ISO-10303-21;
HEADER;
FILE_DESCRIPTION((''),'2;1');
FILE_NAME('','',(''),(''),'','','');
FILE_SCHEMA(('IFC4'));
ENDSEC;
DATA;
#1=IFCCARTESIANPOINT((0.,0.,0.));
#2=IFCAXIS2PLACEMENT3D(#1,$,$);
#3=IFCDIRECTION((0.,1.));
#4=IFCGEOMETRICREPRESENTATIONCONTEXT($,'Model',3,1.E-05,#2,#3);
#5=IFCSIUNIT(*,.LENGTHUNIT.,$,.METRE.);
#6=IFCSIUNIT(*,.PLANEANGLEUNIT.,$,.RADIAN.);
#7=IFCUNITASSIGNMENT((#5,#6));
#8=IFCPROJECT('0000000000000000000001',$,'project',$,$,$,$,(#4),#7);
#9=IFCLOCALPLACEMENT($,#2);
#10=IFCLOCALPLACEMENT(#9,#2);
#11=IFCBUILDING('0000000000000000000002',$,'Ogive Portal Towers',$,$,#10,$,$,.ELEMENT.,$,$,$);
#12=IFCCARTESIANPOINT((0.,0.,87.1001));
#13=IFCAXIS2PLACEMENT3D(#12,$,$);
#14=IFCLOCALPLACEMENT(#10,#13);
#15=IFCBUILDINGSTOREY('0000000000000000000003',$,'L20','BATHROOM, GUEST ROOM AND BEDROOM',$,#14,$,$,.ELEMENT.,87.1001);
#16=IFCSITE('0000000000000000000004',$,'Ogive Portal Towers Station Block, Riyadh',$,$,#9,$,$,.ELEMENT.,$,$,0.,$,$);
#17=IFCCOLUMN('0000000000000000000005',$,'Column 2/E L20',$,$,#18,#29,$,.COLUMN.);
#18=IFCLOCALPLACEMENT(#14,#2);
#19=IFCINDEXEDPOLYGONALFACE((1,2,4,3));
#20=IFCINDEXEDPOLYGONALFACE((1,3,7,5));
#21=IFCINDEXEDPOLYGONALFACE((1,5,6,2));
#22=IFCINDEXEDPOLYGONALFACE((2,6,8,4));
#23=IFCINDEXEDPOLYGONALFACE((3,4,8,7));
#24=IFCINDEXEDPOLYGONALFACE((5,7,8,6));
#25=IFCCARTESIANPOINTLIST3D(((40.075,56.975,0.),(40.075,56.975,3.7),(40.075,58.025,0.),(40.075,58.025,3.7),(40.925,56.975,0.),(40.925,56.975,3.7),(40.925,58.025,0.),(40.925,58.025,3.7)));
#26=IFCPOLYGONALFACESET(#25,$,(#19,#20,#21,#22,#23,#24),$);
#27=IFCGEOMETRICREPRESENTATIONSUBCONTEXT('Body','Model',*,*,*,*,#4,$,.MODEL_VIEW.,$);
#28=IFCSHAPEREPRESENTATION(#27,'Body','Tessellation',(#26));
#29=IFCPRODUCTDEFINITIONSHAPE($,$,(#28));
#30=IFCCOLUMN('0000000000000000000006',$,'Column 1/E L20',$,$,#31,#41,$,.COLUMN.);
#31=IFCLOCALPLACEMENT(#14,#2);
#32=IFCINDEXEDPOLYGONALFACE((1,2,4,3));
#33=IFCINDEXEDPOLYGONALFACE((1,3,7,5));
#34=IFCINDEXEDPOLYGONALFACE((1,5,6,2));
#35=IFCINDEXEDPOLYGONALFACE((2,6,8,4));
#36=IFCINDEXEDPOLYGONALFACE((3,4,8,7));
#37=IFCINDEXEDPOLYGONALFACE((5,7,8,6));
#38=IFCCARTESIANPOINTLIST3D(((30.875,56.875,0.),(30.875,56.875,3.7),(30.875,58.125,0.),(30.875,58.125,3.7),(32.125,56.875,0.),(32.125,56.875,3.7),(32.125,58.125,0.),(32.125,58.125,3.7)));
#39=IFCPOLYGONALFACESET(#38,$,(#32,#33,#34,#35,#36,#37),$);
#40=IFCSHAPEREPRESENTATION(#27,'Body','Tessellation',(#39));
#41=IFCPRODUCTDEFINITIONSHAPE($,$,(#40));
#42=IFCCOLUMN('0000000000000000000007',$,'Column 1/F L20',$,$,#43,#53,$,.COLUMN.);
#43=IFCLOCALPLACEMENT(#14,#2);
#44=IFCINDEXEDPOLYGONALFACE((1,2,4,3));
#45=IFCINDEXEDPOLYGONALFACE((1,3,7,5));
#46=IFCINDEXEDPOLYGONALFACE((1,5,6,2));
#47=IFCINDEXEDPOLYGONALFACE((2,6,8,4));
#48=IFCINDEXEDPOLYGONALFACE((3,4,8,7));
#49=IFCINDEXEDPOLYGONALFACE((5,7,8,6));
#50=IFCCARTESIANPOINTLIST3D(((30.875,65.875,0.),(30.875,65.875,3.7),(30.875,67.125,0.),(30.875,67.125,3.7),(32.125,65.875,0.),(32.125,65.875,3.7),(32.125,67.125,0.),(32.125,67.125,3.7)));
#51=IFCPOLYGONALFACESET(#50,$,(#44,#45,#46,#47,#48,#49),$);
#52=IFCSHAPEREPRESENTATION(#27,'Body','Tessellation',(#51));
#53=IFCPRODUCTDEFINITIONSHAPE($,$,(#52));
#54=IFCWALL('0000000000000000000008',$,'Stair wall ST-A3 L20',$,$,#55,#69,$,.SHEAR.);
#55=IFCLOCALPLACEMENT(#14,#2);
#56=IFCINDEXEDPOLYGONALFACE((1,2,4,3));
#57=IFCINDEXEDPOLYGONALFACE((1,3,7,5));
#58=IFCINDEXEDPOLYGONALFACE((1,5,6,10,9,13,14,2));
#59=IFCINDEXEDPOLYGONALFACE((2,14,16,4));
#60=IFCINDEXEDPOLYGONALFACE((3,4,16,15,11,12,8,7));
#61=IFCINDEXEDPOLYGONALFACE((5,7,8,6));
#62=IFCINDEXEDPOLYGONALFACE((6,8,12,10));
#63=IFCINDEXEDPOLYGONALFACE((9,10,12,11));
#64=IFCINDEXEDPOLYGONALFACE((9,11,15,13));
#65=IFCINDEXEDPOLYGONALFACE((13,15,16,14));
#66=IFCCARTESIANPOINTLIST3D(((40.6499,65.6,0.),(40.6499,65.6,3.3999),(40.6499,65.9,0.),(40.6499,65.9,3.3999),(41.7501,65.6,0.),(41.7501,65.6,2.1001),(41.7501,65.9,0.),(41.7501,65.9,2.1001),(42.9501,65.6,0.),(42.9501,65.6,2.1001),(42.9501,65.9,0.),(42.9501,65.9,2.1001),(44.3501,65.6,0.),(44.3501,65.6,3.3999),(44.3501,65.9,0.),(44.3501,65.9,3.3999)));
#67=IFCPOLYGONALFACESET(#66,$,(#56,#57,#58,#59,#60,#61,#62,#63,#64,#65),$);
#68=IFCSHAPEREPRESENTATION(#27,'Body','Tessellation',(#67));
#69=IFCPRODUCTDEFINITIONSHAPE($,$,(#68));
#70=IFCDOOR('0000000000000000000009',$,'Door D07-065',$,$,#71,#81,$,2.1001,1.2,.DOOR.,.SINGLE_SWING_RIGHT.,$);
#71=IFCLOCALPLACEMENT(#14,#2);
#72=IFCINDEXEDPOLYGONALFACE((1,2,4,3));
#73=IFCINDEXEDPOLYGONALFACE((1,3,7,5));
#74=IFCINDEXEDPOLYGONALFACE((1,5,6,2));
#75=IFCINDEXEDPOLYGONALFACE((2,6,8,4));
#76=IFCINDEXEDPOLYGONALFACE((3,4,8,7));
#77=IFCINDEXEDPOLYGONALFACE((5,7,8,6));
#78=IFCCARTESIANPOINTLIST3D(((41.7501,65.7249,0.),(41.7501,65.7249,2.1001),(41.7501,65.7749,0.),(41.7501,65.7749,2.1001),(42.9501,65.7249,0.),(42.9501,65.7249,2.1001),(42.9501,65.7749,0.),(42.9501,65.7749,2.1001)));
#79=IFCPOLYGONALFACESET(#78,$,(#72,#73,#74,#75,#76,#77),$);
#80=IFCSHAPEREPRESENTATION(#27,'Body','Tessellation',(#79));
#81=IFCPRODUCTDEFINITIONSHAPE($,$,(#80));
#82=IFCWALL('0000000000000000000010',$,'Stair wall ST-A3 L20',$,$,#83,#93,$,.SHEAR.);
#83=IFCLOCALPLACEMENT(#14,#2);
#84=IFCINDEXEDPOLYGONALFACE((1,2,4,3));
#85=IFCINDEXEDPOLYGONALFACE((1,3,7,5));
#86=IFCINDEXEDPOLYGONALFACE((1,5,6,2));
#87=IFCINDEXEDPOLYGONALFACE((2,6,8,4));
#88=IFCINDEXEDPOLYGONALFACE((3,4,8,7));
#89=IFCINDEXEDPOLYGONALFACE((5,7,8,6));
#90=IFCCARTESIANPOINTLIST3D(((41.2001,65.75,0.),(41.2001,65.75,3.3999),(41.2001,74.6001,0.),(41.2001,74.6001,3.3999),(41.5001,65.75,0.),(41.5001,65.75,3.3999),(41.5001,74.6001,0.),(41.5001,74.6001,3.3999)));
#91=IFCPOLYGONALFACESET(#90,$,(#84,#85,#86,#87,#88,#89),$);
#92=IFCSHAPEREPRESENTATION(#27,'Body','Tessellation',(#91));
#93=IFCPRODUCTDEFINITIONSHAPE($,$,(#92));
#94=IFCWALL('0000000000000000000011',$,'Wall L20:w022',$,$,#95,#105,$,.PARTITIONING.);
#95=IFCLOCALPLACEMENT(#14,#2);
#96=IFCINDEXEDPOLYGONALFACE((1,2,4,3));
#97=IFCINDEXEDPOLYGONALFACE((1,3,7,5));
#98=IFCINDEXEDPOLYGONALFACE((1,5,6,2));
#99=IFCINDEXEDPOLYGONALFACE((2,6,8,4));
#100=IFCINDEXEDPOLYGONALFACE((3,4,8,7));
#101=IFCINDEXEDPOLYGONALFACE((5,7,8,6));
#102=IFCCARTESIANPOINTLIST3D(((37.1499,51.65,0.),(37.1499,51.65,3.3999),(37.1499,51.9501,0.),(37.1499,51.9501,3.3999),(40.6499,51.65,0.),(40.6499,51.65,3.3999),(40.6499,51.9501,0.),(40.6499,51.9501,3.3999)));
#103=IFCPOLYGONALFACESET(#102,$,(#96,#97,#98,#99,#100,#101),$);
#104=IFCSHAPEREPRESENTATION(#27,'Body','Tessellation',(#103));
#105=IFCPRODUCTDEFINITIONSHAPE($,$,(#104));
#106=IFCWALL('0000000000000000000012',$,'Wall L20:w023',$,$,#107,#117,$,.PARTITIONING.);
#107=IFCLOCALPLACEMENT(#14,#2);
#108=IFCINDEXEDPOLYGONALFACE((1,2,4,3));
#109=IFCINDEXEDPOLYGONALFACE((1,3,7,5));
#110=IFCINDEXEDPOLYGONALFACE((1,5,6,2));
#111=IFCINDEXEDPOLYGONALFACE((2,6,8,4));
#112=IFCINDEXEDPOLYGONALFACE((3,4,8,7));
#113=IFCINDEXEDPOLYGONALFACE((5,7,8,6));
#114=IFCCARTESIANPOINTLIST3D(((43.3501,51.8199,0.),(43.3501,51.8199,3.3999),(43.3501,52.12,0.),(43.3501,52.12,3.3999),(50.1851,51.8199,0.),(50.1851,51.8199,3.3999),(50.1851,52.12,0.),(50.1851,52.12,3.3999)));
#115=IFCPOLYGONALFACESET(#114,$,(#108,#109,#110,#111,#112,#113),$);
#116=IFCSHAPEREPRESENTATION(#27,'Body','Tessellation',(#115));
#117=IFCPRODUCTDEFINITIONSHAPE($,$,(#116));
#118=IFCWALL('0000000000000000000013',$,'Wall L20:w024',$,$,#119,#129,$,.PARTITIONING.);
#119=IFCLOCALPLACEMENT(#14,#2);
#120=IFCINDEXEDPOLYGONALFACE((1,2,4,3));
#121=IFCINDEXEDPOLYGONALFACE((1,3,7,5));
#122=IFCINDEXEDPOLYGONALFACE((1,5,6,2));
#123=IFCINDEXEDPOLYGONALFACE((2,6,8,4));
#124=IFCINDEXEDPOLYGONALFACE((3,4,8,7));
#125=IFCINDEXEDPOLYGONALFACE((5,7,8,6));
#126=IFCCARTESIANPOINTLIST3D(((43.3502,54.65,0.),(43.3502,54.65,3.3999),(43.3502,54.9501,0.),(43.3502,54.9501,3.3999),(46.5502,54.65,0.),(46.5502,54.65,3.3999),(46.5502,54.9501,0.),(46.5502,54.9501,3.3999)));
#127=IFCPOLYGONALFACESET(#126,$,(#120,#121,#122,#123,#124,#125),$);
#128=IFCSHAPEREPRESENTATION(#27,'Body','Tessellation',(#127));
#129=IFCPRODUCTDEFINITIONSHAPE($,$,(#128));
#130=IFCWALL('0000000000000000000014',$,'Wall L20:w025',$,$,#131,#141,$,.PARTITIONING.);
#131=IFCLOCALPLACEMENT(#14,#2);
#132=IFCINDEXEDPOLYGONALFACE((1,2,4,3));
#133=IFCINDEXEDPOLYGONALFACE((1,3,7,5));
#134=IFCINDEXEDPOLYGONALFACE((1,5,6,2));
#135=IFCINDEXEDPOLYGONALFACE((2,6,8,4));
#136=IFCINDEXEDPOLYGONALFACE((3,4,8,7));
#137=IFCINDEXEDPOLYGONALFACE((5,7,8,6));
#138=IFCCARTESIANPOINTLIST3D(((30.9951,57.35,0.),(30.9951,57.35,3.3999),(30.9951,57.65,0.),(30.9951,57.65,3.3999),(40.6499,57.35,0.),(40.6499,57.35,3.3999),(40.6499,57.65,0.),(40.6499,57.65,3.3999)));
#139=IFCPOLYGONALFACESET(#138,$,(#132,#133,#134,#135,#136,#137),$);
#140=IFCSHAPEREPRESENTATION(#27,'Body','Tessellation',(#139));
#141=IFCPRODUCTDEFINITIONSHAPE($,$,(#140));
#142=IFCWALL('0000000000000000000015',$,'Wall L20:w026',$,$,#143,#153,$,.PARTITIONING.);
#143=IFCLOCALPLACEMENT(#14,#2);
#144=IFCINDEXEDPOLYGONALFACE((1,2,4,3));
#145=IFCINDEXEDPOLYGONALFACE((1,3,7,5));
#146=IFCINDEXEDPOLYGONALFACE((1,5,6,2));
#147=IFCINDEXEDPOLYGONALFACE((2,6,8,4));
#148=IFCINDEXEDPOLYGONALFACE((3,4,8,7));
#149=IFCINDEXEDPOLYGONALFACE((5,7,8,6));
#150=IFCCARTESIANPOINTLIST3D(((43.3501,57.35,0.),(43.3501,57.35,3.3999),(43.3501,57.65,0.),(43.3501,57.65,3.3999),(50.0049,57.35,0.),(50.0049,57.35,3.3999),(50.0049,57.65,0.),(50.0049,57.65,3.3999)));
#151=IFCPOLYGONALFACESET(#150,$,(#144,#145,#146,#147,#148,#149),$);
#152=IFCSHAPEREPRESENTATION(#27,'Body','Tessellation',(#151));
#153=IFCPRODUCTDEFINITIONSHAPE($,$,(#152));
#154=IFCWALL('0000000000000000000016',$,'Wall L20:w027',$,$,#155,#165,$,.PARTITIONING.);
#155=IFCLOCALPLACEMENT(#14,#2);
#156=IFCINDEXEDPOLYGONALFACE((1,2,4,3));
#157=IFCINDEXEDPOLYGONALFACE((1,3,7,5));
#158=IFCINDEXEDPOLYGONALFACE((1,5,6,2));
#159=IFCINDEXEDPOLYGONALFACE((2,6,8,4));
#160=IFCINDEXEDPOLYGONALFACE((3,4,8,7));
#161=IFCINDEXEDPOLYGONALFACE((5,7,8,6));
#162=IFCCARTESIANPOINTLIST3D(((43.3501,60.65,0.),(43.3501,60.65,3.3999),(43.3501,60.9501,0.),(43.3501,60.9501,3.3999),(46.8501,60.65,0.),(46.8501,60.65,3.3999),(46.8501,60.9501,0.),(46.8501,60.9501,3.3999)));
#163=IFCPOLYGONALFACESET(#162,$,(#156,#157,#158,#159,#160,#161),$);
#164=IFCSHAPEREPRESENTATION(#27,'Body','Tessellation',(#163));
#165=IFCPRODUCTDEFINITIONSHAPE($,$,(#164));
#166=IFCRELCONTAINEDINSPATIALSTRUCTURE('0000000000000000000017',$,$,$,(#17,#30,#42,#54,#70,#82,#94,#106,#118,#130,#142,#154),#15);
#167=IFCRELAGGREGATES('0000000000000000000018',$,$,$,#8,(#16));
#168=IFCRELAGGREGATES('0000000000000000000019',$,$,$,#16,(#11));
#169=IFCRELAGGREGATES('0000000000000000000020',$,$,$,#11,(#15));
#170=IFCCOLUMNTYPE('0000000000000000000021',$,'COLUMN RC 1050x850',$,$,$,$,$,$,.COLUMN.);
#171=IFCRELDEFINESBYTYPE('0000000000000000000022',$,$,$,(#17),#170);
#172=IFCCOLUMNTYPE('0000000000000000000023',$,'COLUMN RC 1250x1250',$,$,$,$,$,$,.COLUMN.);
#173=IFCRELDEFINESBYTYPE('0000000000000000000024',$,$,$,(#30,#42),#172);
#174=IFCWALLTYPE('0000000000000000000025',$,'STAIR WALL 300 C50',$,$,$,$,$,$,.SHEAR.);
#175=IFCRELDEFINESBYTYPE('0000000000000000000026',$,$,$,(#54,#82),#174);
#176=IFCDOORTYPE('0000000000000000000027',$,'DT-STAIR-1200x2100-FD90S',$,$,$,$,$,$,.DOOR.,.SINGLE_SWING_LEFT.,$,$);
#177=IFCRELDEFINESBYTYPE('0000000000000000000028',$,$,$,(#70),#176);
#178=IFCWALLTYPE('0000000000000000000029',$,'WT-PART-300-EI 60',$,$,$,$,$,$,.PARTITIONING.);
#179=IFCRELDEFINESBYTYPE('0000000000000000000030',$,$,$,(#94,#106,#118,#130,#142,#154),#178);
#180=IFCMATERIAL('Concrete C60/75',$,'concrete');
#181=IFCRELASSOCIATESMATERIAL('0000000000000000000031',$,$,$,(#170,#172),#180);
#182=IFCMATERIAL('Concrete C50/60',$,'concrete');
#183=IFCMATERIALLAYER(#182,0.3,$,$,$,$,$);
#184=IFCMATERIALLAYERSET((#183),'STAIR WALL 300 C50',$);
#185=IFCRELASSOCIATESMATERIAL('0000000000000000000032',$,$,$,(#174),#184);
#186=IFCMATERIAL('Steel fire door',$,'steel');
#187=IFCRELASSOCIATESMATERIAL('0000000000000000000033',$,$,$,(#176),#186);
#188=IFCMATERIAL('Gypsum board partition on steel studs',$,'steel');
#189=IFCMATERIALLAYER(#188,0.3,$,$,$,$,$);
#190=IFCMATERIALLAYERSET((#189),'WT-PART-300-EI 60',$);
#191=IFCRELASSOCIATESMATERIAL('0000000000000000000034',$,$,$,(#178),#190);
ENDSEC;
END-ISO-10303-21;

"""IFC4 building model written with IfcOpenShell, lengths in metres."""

from ifc_helpers import new_model, si_unit, direction, frame, frame_2d, origin, origin_2d, place, context, subcontext, project, spatial, rectangle, extrude, material, layer, layer_set, material_profile, profile_set, type_object, element, fill, save


model = new_model("IFC4")

# Units and contexts
model_context = context("Model", 3, precision=1e-05, world=origin(), true_north=direction((0.0, 1.0)))
body_context = subcontext(model_context, "Body", "Model", "MODEL_VIEW")
ifc_project = project(units=[si_unit("LENGTHUNIT", "METRE"), si_unit("PLANEANGLEUNIT", "RADIAN")], contexts=[model_context])

# Site, building, storey
site_placement = place(None, origin())
site = spatial("IfcSite", under=ifc_project, at=site_placement, Name="Ogive Portal Towers Station Block, Riyadh", CompositionType="ELEMENT", RefElevation=0.0)
building_placement = place(site_placement, origin())
building = spatial("IfcBuilding", under=site, at=building_placement, Name="Ogive Portal Towers", CompositionType="ELEMENT")
storey_placement = place(building_placement, frame((0.0, 0.0, 87.1001)))
storey = spatial("IfcBuildingStorey", under=building, at=storey_placement, Name="L20", Description="BATHROOM, GUEST ROOM AND BEDROOM", CompositionType="ELEMENT", Elevation=87.1001)

# Columns
ifc_material_1 = material(Name="Concrete C60/75", Category="concrete")
ifc_material_profile_1 = material_profile(ifc_material_1, rectangle(XDim=1.05, YDim=0.8501, at=origin_2d()), Name="RC 1050x850")
ifc_profile_set_1 = profile_set([ifc_material_profile_1], Name="Concrete C60/75")
column_type_1 = type_object("IfcColumnType", Name="COLUMN RC 1050x850", PredefinedType="COLUMN", material=ifc_profile_set_1)
column_placement = place(storey_placement, frame((40.5, 57.5, 0.0), z_axis=(0.0, 0.0, 1.0), x_axis=(0.0, 1.0, 0.0)))
element("IfcColumn", 1, at=column_placement, inside=storey, type_object=column_type_1, Name="Column 2/E L20", PredefinedType="COLUMN", context=body_context, shape_type="SweptSolid", body=[
    extrude(rectangle(XDim=1.05, YDim=0.8501, at=origin_2d()), origin(), (0.0, 0.0, 1.0), 3.7),
])
ifc_material_profile_2 = material_profile(ifc_material_1, rectangle(XDim=1.25, YDim=1.25, at=origin_2d()), Name="RC 1250x1250")
ifc_profile_set_2 = profile_set([ifc_material_profile_2], Name="Concrete C60/75")
column_type_2 = type_object("IfcColumnType", Name="COLUMN RC 1250x1250", PredefinedType="COLUMN", material=ifc_profile_set_2)
for number, where, z_axis, x_axis, name in (
    (2, (31.5, 57.5, 0.0), (0.0, 0.0, 1.0), (1.0, 0.0, 0.0), "Column 1/E L20"),
    (3, (31.5, 66.5, 0.0), (0.0, 0.0, 1.0), (1.0, 0.0, 0.0), "Column 1/F L20"),
):
    element("IfcColumn", number, at=place(storey_placement, frame(where, z_axis=z_axis, x_axis=x_axis)), inside=storey, type_object=column_type_2, Name=name, PredefinedType="COLUMN", context=body_context, shape_type="SweptSolid", body=[
        extrude(rectangle(XDim=1.25, YDim=1.25, at=origin_2d()), origin(), (0.0, 0.0, 1.0), 3.7),
    ])

# Wall, opening, door
ifc_material_2 = material(Name="Concrete C50/60", Category="concrete")
ifc_layer_1 = layer(ifc_material_2, 0.3)
ifc_layer_set_1 = layer_set([ifc_layer_1], Name="STAIR WALL 300 C50")
wall_type_1 = type_object("IfcWallType", Name="STAIR WALL 300 C50", PredefinedType="SHEAR", material=ifc_layer_set_1)
wall_1_placement = place(storey_placement, frame((40.6499, 65.75, 0.0), z_axis=(0.0, 0.0, 1.0), x_axis=(1.0, 0.0, 0.0)))
wall_1 = element("IfcWall", 4, at=wall_1_placement, inside=storey, type_object=wall_type_1, Name="Stair wall ST-A3 L20", PredefinedType="SHEAR", context=body_context, shape_type="SweptSolid", body=[
    extrude(rectangle(XDim=3.7002, YDim=0.3, at=frame_2d((1.8501, 0.0))), origin(), (0.0, 0.0, 1.0), 3.3999),
])
opening_1_placement = place(wall_1_placement, frame((1.1001, 0.0, 0.0)))
opening_1 = element("IfcOpeningElement", 5, at=opening_1_placement, cuts=wall_1, PredefinedType="OPENING", context=body_context, shape_type="SweptSolid", body=[
    extrude(rectangle(XDim=1.2, YDim=2.1001, at=frame_2d((0.6001, 1.05))), frame((0.0, 0.1602, 0.0), z_axis=(0.0, -1.0, 0.0), x_axis=(1.0, 0.0, 0.0)), (0.0, 0.0, 1.0), 0.3201),
])
ifc_material_3 = material(Name="Steel fire door", Category="steel")
door_type_1 = type_object("IfcDoorType", Name="DT-STAIR-1200x2100-FD90S", OperationType="SINGLE_SWING_LEFT", PredefinedType="DOOR", material=ifc_material_3)
door_1_placement = place(opening_1_placement, origin())
door_1 = element("IfcDoor", 6, at=door_1_placement, inside=storey, type_object=door_type_1, Name="Door D07-065", OperationType="SINGLE_SWING_RIGHT", OverallHeight=2.1001, OverallWidth=1.2, PredefinedType="DOOR", context=body_context, shape_type="SweptSolid", body=[
    extrude(rectangle(XDim=1.2, YDim=2.1001, at=frame_2d((0.6001, 1.05))), frame((0.0, 0.0249, 0.0), z_axis=(0.0, -1.0, 0.0), x_axis=(1.0, 0.0, 0.0)), (0.0, 0.0, 1.0), 0.05),
])
fill(opening_1, door_1)

# Walls
wall_2_placement = place(storey_placement, frame((41.3501, 65.75, 0.0), z_axis=(0.0, 0.0, 1.0), x_axis=(0.0, 1.0, 0.0)))
element("IfcWall", 7, at=wall_2_placement, inside=storey, type_object=wall_type_1, Name="Stair wall ST-A3 L20", PredefinedType="SHEAR", context=body_context, shape_type="SweptSolid", body=[
    extrude(rectangle(XDim=8.8501, YDim=0.3, at=frame_2d((4.425, 0.0))), origin(), (0.0, 0.0, 1.0), 3.3999),
])
ifc_material_4 = material(Name="Gypsum board partition on steel studs", Category="steel")
ifc_layer_2 = layer(ifc_material_4, 0.3)
ifc_layer_set_2 = layer_set([ifc_layer_2], Name="WT-PART-300-EI 60")
wall_type_2 = type_object("IfcWallType", Name="WT-PART-300-EI 60", PredefinedType="PARTITIONING", material=ifc_layer_set_2)
wall_3_placement = place(storey_placement, frame((37.1499, 51.8, 0.0), z_axis=(0.0, 0.0, 1.0), x_axis=(1.0, 0.0, 0.0)))
element("IfcWall", 8, at=wall_3_placement, inside=storey, type_object=wall_type_2, Name="Wall L20:w022", PredefinedType="PARTITIONING", context=body_context, shape_type="SweptSolid", body=[
    extrude(rectangle(XDim=3.5, YDim=0.3, at=frame_2d((1.75, 0.0))), origin(), (0.0, 0.0, 1.0), 3.3999),
])
wall_4_placement = place(storey_placement, frame((43.3501, 51.97, 0.0), z_axis=(0.0, 0.0, 1.0), x_axis=(1.0, 0.0, 0.0)))
element("IfcWall", 9, at=wall_4_placement, inside=storey, type_object=wall_type_2, Name="Wall L20:w023", PredefinedType="PARTITIONING", context=body_context, shape_type="SweptSolid", body=[
    extrude(rectangle(XDim=6.835, YDim=0.3, at=frame_2d((3.4175, 0.0))), origin(), (0.0, 0.0, 1.0), 3.3999),
])
wall_5_placement = place(storey_placement, frame((43.3501, 54.8, 0.0), z_axis=(0.0, 0.0, 1.0), x_axis=(1.0, 0.0, 0.0)))
element("IfcWall", 10, at=wall_5_placement, inside=storey, type_object=wall_type_2, Name="Wall L20:w024", PredefinedType="PARTITIONING", context=body_context, shape_type="SweptSolid", body=[
    extrude(rectangle(XDim=3.2, YDim=0.3, at=frame_2d((1.6001, 0.0))), origin(), (0.0, 0.0, 1.0), 3.3999),
])
wall_6_placement = place(storey_placement, frame((30.9951, 57.5, 0.0), z_axis=(0.0, 0.0, 1.0), x_axis=(1.0, 0.0, 0.0)))
element("IfcWall", 11, at=wall_6_placement, inside=storey, type_object=wall_type_2, Name="Wall L20:w025", PredefinedType="PARTITIONING", context=body_context, shape_type="SweptSolid", body=[
    extrude(rectangle(XDim=9.6548, YDim=0.3, at=frame_2d((4.8274, 0.0))), origin(), (0.0, 0.0, 1.0), 3.3999),
])
wall_7_placement = place(storey_placement, frame((43.3501, 57.5, 0.0), z_axis=(0.0, 0.0, 1.0), x_axis=(1.0, 0.0, 0.0)))
element("IfcWall", 12, at=wall_7_placement, inside=storey, type_object=wall_type_2, Name="Wall L20:w026", PredefinedType="PARTITIONING", context=body_context, shape_type="SweptSolid", body=[
    extrude(rectangle(XDim=6.6548, YDim=0.3, at=frame_2d((3.3274, 0.0))), origin(), (0.0, 0.0, 1.0), 3.3999),
])
wall_8_placement = place(storey_placement, frame((43.3501, 60.8, 0.0), z_axis=(0.0, 0.0, 1.0), x_axis=(1.0, 0.0, 0.0)))
element("IfcWall", 13, at=wall_8_placement, inside=storey, type_object=wall_type_2, Name="Wall L20:w027", PredefinedType="PARTITIONING", context=body_context, shape_type="SweptSolid", body=[
    extrude(rectangle(XDim=3.5, YDim=0.3, at=frame_2d((1.75, 0.0))), origin(), (0.0, 0.0, 1.0), 3.3999),
])

save(model, "model.ifc")
